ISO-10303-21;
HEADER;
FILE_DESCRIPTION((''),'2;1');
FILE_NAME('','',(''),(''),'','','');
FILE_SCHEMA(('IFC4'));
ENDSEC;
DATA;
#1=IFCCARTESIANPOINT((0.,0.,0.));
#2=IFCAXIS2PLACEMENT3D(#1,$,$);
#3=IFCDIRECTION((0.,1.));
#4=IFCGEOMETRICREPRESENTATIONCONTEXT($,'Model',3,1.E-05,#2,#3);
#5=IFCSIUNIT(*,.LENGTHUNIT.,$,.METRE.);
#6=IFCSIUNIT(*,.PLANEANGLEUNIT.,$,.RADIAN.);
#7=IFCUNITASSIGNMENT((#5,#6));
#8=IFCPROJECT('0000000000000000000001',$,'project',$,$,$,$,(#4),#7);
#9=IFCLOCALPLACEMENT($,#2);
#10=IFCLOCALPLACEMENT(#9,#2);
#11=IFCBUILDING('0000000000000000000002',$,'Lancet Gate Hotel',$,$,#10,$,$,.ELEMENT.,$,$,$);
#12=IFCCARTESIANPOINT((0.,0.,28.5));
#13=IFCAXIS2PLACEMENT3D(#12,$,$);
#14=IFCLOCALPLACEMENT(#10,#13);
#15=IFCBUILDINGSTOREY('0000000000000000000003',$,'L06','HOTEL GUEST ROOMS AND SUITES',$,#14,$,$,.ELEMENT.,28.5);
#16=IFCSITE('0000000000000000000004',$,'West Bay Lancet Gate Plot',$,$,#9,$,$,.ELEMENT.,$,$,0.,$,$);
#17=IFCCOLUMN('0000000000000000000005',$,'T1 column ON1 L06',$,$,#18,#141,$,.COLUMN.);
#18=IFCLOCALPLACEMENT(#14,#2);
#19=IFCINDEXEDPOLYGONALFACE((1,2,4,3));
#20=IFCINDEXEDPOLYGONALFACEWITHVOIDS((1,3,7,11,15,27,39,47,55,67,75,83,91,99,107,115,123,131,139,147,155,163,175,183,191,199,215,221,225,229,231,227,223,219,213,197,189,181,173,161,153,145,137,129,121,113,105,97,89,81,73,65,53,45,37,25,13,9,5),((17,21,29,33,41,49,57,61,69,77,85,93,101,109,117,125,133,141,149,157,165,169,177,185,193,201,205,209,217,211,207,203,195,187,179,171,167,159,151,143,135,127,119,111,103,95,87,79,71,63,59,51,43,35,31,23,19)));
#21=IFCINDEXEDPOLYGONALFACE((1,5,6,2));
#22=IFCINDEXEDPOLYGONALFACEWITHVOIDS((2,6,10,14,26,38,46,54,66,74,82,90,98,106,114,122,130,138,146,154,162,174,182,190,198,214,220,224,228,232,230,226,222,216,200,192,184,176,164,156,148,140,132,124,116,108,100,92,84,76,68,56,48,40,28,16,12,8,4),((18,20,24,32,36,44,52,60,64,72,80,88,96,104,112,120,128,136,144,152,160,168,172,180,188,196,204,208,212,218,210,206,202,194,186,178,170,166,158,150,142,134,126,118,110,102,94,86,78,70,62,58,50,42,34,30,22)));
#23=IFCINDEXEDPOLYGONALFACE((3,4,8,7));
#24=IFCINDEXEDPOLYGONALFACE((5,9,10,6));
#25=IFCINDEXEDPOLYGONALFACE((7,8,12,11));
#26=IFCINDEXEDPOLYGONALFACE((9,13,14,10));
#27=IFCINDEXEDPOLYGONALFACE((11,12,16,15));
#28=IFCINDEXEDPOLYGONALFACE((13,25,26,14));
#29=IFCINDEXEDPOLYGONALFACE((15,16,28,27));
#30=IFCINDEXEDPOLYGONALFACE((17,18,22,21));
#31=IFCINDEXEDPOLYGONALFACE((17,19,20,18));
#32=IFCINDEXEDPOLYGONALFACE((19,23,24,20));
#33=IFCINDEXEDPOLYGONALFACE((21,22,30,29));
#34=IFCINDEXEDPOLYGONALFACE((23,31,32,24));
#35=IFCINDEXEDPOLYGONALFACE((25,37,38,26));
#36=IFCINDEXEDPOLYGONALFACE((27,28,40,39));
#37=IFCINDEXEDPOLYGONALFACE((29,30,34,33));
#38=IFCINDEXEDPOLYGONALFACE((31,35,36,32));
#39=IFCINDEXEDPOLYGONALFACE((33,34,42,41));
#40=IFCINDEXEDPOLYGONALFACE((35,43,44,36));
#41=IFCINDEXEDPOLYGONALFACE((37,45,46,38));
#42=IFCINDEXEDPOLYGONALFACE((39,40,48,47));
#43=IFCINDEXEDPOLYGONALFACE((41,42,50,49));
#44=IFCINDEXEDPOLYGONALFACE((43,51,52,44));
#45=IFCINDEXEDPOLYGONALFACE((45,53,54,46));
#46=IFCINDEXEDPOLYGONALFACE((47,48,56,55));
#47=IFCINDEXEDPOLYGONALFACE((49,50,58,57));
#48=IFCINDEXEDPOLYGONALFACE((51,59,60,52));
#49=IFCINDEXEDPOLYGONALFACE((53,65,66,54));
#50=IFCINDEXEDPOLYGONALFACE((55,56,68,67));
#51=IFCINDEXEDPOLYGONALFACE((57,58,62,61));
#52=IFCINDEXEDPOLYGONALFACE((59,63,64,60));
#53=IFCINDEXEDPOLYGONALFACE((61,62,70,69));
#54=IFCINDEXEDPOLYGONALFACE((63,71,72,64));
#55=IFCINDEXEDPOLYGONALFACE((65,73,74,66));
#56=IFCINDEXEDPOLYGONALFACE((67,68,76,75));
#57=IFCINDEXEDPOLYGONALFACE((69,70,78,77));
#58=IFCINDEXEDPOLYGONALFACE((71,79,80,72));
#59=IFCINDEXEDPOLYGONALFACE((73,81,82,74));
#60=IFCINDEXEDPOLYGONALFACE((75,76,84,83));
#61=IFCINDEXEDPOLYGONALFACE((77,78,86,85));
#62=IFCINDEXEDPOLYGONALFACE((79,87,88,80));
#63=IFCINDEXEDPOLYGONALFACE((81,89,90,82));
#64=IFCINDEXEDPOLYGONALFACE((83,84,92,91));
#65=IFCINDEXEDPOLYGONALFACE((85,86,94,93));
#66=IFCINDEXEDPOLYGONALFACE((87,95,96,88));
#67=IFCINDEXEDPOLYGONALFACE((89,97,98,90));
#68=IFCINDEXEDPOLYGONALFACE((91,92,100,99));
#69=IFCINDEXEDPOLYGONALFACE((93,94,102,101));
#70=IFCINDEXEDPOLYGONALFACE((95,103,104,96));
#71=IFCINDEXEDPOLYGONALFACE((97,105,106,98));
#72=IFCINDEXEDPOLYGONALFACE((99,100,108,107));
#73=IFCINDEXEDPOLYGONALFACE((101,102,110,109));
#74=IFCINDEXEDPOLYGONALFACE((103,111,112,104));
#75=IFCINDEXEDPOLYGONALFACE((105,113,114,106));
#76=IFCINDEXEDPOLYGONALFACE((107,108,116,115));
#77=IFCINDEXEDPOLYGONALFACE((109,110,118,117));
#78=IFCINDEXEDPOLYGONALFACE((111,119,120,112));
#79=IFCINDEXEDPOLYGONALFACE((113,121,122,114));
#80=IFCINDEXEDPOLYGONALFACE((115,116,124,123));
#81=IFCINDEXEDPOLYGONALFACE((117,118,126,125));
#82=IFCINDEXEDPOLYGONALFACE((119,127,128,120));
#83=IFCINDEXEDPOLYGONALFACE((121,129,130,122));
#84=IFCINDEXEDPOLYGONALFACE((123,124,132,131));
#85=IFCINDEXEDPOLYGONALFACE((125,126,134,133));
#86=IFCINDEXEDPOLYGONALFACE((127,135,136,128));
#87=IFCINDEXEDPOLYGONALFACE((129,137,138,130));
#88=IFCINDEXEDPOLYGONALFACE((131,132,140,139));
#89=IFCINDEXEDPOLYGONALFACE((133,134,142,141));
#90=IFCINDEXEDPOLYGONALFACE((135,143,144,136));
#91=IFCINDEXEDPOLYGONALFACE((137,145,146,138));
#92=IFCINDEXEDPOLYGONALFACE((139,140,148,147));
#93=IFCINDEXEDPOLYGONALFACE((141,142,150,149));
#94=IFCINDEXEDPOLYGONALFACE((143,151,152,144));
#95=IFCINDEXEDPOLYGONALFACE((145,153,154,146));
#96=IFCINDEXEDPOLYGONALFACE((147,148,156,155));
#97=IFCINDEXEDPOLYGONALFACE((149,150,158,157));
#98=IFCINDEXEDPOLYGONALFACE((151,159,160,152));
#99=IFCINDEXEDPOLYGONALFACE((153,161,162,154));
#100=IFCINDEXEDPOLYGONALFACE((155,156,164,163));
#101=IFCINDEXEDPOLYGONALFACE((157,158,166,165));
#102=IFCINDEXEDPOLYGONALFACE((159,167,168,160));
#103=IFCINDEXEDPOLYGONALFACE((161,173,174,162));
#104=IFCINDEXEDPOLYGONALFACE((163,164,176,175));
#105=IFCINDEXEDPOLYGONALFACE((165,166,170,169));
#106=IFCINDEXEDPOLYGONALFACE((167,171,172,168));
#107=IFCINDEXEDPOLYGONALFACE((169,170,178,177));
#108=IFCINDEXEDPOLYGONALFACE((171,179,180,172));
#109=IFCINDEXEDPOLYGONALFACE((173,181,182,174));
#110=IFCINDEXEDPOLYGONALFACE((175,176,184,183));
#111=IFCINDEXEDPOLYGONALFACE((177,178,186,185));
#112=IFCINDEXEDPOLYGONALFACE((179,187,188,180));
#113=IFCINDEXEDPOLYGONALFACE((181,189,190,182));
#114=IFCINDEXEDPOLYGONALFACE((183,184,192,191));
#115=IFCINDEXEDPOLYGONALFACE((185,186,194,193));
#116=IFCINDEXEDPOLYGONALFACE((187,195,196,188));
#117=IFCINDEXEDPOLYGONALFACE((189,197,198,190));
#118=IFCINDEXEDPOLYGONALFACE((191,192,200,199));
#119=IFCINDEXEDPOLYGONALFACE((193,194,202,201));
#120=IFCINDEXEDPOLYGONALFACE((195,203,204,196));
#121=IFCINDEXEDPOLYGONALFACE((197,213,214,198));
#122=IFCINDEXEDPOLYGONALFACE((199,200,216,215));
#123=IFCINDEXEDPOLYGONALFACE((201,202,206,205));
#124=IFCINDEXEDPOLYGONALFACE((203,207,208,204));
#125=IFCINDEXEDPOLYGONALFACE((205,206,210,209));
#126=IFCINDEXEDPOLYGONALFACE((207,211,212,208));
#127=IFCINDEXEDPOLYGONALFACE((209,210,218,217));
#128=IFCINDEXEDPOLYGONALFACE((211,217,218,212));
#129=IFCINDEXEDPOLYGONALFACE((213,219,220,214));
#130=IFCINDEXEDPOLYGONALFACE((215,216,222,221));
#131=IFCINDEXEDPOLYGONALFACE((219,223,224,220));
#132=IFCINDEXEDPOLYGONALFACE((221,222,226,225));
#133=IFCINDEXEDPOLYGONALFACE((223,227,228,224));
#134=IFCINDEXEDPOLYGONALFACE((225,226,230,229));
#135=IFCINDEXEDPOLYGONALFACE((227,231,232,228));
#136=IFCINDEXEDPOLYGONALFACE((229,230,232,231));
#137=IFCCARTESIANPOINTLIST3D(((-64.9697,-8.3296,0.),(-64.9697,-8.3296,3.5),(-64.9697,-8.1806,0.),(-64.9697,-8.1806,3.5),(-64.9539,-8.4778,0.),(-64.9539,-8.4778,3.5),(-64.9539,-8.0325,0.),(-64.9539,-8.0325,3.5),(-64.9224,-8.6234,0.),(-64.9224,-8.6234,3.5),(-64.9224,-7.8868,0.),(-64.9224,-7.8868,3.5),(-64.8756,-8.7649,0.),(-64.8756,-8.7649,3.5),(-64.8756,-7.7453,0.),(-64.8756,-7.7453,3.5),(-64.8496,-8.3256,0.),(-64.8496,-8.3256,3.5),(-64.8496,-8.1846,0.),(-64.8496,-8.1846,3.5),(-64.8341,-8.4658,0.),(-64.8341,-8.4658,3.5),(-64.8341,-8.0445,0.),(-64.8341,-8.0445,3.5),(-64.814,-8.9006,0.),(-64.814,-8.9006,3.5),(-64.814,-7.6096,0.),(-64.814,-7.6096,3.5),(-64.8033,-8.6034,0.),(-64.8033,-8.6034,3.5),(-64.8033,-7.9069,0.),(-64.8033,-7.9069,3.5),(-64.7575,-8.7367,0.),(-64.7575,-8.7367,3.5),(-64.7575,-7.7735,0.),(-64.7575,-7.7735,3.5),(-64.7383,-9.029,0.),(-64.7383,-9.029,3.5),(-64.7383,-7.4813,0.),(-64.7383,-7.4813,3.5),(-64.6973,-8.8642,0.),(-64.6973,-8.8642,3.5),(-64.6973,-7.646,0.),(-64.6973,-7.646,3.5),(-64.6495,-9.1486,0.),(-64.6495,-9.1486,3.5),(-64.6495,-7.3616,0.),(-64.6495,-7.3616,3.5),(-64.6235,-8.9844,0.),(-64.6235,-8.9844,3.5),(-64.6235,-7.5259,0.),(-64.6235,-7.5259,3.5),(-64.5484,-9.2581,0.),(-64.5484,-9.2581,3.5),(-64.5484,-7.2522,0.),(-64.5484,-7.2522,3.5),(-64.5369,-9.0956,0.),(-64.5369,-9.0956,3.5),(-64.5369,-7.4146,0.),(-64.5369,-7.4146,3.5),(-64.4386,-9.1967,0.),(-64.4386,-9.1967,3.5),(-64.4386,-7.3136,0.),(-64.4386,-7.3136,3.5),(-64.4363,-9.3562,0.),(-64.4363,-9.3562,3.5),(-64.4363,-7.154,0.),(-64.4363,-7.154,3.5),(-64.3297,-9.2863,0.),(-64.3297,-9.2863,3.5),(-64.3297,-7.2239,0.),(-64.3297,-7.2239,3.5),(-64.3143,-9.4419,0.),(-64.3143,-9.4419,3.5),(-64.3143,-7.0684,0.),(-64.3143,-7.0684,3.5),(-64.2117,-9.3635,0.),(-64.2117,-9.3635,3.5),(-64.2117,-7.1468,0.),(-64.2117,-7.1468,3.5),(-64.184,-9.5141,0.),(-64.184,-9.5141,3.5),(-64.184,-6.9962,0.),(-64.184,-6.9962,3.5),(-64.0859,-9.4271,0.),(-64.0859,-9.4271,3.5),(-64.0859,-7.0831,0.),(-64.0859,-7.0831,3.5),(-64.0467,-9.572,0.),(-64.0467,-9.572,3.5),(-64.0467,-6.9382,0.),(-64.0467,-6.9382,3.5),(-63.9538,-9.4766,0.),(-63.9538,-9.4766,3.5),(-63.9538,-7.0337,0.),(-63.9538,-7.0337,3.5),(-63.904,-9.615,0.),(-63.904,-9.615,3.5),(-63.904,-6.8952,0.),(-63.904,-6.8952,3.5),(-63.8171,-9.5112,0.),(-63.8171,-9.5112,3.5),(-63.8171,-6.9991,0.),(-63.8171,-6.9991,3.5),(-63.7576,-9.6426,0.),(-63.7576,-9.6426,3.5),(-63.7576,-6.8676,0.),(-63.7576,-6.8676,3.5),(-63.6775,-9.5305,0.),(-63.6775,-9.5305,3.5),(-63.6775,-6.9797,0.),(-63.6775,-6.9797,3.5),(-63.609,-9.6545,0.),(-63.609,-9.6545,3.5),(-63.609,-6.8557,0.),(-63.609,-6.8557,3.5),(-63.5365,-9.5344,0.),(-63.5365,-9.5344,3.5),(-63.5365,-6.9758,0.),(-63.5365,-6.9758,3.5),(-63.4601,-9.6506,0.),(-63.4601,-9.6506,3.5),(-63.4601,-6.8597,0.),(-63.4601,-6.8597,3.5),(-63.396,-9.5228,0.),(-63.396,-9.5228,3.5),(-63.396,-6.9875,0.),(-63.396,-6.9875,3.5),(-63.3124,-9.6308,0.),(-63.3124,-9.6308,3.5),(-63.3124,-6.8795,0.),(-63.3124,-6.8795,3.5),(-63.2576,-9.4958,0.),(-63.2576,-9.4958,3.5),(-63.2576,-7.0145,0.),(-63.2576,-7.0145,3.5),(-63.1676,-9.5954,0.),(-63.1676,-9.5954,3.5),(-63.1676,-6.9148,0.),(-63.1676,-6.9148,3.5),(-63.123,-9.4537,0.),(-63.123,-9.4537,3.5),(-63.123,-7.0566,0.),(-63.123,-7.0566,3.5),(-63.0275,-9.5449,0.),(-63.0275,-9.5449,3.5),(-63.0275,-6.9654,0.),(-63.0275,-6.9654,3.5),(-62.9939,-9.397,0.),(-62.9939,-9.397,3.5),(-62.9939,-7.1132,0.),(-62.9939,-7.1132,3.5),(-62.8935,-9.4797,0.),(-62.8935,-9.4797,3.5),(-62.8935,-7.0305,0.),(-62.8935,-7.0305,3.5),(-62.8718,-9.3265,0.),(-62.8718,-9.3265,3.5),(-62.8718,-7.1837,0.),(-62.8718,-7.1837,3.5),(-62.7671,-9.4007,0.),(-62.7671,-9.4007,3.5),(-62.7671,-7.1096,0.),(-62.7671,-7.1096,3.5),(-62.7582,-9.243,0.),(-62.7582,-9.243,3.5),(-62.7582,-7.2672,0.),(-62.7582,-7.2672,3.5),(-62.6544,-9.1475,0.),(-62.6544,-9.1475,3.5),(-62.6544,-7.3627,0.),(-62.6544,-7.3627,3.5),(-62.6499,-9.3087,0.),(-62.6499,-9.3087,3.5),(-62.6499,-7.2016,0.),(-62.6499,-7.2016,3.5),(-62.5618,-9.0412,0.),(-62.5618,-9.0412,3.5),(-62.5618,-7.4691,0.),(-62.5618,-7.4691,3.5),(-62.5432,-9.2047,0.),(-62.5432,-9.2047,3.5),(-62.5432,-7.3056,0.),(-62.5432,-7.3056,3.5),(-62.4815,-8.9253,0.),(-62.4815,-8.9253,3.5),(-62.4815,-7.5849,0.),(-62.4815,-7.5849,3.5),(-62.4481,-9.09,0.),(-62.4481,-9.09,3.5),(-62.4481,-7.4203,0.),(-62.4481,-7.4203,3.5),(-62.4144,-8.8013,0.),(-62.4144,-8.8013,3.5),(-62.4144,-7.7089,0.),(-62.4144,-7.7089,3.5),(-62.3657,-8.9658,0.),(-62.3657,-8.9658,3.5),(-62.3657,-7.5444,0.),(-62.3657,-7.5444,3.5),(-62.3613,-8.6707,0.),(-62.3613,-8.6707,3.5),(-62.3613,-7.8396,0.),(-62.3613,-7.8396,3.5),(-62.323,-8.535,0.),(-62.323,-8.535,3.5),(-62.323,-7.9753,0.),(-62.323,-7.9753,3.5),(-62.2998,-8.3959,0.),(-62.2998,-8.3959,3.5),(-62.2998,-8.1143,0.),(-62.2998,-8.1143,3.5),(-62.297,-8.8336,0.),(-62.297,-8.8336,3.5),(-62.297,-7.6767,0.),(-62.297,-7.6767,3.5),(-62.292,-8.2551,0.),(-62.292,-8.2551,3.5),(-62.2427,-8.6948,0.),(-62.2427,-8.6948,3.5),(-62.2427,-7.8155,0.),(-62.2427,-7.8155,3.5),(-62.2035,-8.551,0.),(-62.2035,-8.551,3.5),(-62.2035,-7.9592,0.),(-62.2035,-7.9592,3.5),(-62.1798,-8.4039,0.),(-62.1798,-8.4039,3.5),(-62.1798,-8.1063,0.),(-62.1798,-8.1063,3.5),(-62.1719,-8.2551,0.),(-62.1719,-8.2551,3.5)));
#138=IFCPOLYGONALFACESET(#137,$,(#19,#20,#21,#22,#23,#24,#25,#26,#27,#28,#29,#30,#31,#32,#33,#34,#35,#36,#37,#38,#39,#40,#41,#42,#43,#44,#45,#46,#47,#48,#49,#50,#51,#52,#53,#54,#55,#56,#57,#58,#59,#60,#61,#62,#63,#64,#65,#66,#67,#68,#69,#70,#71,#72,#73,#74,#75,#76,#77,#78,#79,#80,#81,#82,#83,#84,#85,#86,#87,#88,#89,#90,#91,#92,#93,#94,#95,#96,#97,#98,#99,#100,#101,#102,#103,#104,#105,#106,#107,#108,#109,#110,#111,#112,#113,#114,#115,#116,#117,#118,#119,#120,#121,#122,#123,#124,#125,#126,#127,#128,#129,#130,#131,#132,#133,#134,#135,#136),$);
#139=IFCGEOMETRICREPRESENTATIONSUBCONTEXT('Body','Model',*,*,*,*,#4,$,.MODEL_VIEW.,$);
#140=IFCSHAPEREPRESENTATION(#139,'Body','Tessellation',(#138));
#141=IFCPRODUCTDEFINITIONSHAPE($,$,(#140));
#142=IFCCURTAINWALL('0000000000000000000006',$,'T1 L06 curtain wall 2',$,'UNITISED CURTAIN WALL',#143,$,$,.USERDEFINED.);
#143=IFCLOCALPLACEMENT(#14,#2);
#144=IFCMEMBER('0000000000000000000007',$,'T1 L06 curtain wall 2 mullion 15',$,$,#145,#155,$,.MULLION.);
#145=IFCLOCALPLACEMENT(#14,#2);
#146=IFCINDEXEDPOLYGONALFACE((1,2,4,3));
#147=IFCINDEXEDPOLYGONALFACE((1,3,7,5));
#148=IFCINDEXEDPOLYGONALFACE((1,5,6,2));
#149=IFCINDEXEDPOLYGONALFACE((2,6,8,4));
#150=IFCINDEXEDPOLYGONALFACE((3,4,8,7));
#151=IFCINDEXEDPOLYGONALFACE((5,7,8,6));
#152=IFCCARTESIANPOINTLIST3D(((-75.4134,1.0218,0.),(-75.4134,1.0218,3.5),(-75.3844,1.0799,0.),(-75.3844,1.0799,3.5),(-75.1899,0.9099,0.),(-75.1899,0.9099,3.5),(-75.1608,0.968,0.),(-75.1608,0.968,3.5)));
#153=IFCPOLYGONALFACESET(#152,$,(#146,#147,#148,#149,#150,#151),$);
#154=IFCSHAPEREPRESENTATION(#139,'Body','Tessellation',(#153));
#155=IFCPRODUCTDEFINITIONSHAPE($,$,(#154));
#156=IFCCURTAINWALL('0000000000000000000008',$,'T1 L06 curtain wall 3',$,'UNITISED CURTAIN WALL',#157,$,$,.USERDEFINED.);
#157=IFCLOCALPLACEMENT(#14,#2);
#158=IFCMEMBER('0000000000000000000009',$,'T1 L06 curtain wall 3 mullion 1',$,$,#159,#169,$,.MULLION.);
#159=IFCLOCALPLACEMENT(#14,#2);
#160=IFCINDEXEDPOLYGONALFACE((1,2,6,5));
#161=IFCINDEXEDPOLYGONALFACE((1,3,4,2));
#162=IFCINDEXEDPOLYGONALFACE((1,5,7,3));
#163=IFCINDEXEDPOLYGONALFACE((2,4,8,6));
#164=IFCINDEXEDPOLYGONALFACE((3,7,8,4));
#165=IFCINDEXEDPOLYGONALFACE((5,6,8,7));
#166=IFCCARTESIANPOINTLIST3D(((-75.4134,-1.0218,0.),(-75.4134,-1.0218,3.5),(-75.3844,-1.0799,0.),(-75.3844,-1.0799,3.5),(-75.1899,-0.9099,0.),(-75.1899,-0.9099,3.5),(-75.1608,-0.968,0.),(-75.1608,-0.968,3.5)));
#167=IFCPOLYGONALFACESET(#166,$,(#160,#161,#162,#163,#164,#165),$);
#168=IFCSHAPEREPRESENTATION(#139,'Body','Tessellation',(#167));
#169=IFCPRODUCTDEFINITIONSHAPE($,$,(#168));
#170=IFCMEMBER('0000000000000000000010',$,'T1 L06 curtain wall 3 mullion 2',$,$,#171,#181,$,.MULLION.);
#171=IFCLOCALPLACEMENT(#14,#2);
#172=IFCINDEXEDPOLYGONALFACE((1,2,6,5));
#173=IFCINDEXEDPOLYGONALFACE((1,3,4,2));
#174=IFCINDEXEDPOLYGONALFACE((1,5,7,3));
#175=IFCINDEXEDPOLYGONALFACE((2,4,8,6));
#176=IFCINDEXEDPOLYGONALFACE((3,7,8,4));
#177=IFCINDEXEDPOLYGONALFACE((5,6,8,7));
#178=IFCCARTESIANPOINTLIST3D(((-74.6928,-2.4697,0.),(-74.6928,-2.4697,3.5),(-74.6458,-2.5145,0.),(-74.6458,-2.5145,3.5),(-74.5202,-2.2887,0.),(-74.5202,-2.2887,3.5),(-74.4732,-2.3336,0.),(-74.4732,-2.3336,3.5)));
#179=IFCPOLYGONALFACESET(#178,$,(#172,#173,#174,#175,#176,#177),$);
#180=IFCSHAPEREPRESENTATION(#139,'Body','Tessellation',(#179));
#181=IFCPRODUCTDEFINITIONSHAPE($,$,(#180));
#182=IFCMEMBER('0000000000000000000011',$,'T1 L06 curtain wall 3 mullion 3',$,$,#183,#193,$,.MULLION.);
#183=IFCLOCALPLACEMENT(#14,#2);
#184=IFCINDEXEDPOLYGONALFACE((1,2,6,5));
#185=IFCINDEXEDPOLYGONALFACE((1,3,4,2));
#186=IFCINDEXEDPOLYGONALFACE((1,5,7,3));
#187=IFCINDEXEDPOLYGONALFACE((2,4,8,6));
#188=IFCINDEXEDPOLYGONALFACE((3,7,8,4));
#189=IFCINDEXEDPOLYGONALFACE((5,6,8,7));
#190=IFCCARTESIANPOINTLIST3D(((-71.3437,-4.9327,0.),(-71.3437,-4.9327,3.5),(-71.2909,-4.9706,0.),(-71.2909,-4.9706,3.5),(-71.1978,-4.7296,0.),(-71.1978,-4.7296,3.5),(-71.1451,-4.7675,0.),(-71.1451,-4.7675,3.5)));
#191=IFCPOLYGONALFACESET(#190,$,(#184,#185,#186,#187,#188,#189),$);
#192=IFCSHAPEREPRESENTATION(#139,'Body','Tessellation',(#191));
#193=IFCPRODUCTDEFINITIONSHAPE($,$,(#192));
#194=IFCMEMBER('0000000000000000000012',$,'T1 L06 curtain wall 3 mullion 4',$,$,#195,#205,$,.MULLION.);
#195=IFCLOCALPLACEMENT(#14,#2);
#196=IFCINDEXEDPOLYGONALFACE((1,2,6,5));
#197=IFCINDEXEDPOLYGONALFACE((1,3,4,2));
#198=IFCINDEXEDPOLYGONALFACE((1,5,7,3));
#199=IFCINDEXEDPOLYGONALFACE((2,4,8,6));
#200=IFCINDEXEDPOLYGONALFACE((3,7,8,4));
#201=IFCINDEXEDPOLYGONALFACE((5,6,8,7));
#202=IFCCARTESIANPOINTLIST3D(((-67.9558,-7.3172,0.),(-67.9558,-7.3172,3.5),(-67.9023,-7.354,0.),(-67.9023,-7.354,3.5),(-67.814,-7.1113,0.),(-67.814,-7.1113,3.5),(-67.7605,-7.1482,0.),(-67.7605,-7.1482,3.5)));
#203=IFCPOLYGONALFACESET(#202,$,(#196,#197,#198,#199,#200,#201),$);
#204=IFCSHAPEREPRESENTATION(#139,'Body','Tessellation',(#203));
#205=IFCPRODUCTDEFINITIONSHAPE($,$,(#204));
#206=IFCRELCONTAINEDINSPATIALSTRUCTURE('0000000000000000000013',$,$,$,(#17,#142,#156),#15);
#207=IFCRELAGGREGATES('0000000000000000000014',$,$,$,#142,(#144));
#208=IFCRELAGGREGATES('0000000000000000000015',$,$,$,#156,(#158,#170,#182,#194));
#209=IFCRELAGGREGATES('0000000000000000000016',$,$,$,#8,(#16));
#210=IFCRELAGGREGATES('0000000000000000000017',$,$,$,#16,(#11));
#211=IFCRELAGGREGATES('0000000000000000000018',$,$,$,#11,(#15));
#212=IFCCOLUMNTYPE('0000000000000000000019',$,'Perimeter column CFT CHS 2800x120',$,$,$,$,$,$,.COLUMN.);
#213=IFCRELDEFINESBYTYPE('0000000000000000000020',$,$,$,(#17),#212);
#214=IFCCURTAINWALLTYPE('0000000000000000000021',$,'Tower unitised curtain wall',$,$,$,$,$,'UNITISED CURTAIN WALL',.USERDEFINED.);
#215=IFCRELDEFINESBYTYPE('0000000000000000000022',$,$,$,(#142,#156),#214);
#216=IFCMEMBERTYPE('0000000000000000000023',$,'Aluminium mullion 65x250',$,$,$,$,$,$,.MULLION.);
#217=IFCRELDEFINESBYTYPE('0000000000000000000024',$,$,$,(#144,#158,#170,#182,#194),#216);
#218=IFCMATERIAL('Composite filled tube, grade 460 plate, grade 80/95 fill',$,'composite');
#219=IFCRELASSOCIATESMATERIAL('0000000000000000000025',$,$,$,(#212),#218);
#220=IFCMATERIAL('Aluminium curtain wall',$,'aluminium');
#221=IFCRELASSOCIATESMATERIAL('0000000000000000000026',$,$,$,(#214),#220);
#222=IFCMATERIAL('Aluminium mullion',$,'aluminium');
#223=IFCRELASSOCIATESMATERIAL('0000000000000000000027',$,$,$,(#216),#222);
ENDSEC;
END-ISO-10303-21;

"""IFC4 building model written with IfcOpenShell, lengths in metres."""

from ifc_helpers import new_model, si_unit, direction, frame, origin, origin_2d, place, context, subcontext, project, spatial, rectangle, hollow_circle, extrude, material, material_profile, profile_set, type_object, element, aggregate, save


model = new_model("IFC4")

# Units and contexts
model_context = context("Model", 3, precision=1e-05, world=origin(), true_north=direction((0.0, 1.0)))
body_context = subcontext(model_context, "Body", "Model", "MODEL_VIEW")
ifc_project = project(units=[si_unit("LENGTHUNIT", "METRE"), si_unit("PLANEANGLEUNIT", "RADIAN")], contexts=[model_context])

# Site, building, storey
site_placement = place(None, origin())
site = spatial("IfcSite", under=ifc_project, at=site_placement, Name="West Bay Lancet Gate Plot", CompositionType="ELEMENT", RefElevation=0.0)
building_placement = place(site_placement, origin())
building = spatial("IfcBuilding", under=site, at=building_placement, Name="Lancet Gate Hotel", CompositionType="ELEMENT")
storey_placement = place(building_placement, frame((0.0, 0.0, 28.5)))
storey = spatial("IfcBuildingStorey", under=building, at=storey_placement, Name="L06", Description="HOTEL GUEST ROOMS AND SUITES", CompositionType="ELEMENT", Elevation=28.5)

# Column
ifc_material_1 = material(Name="Composite filled tube, grade 460 plate, grade 80/95 fill", Category="composite")
ifc_material_profile_1 = material_profile(ifc_material_1, hollow_circle(Radius=1.3999, WallThickness=0.1201, at=origin_2d()), Name="CHS 2800x120")
ifc_profile_set_1 = profile_set([ifc_material_profile_1], Name="Composite filled tube, grade 460 plate, grade 80/95 fill")
column_type_1 = type_object("IfcColumnType", Name="Perimeter column CFT CHS 2800x120", PredefinedType="COLUMN", material=ifc_profile_set_1)
column_1_placement = place(storey_placement, frame((-63.5718, -8.2551, 0.0), z_axis=(0.0, 0.0, 1.0), x_axis=(1.0, 0.0, 0.0)))
element("IfcColumn", 1, at=column_1_placement, inside=storey, type_object=column_type_1, Name="T1 column ON1 L06", PredefinedType="COLUMN", context=body_context, shape_type="SweptSolid", body=[
    extrude(hollow_circle(Radius=1.3999, WallThickness=0.1201, at=origin_2d()), origin(), (0.0, 0.0, 1.0), 3.5),
])

# Curtain wall, member
ifc_material_2 = material(Name="Aluminium curtain wall", Category="aluminium")
curtain_wall_type = type_object("IfcCurtainWallType", Name="Tower unitised curtain wall", ElementType="UNITISED CURTAIN WALL", PredefinedType="USERDEFINED", material=ifc_material_2)
curtain_wall_1_placement = place(storey_placement, origin())
curtain_wall_1 = element("IfcCurtainWall", 2, at=curtain_wall_1_placement, inside=storey, type_object=curtain_wall_type, Name="T1 L06 curtain wall 2", ObjectType="UNITISED CURTAIN WALL", PredefinedType="USERDEFINED")
ifc_material_3 = material(Name="Aluminium mullion", Category="aluminium")
ifc_material_profile_2 = material_profile(ifc_material_3, rectangle(XDim=0.0649, YDim=0.25, at=origin_2d()), Name="MULLION 65x250")
ifc_profile_set_2 = profile_set([ifc_material_profile_2], Name="Aluminium mullion")
member_type_1 = type_object("IfcMemberType", Name="Aluminium mullion 65x250", PredefinedType="MULLION", material=ifc_profile_set_2)
member_1_placement = place(storey_placement, frame((-75.2871, 0.9949, 0.0), z_axis=(0.0, 0.0, 1.0), x_axis=(-0.447628, -0.89422, 0.0)))
member_1 = element("IfcMember", 3, at=member_1_placement, type_object=member_type_1, Name="T1 L06 curtain wall 2 mullion 15", PredefinedType="MULLION", context=body_context, shape_type="SweptSolid", body=[
    extrude(rectangle(XDim=0.0649, YDim=0.25, at=origin_2d()), origin(), (0.0, 0.0, 1.0), 3.5),
])
aggregate(curtain_wall_1, [member_1])

# Curtain wall, members
curtain_wall_2_placement = place(storey_placement, origin())
curtain_wall_2 = element("IfcCurtainWall", 4, at=curtain_wall_2_placement, inside=storey, type_object=curtain_wall_type, Name="T1 L06 curtain wall 3", ObjectType="UNITISED CURTAIN WALL", PredefinedType="USERDEFINED")
member_2_placement = place(storey_placement, frame((-75.2871, -0.9949, 0.0), z_axis=(0.0, 0.0, 1.0), x_axis=(0.447628, -0.89422, 0.0)))
member_2 = element("IfcMember", 5, at=member_2_placement, type_object=member_type_1, Name="T1 L06 curtain wall 3 mullion 1", PredefinedType="MULLION", context=body_context, shape_type="SweptSolid", body=[
    extrude(rectangle(XDim=0.0649, YDim=0.25, at=origin_2d()), origin(), (0.0, 0.0, 1.0), 3.5),
])
member_3_placement = place(storey_placement, frame((-74.583, -2.4016, 0.0), z_axis=(0.0, 0.0, 1.0), x_axis=(0.723696, -0.690119, 0.0)))
member_3 = element("IfcMember", 6, at=member_3_placement, type_object=member_type_1, Name="T1 L06 curtain wall 3 mullion 2", PredefinedType="MULLION", context=body_context, shape_type="SweptSolid", body=[
    extrude(rectangle(XDim=0.0649, YDim=0.25, at=origin_2d()), origin(), (0.0, 0.0, 1.0), 3.5),
])
member_4_placement = place(storey_placement, frame((-71.2444, -4.8501, 0.0), z_axis=(0.0, 0.0, 1.0), x_axis=(0.812147, -0.583453, 0.0)))
member_4 = element("IfcMember", 7, at=member_4_placement, type_object=member_type_1, Name="T1 L06 curtain wall 3 mullion 3", PredefinedType="MULLION", context=body_context, shape_type="SweptSolid", body=[
    extrude(rectangle(XDim=0.0649, YDim=0.25, at=origin_2d()), origin(), (0.0, 0.0, 1.0), 3.5),
])
member_5_placement = place(storey_placement, frame((-67.8582, -7.2327, 0.0), z_axis=(0.0, 0.0, 1.0), x_axis=(0.823425, -0.567425, 0.0)))
member_5 = element("IfcMember", 8, at=member_5_placement, type_object=member_type_1, Name="T1 L06 curtain wall 3 mullion 4", PredefinedType="MULLION", context=body_context, shape_type="SweptSolid", body=[
    extrude(rectangle(XDim=0.0649, YDim=0.25, at=origin_2d()), origin(), (0.0, 0.0, 1.0), 3.5),
])

aggregate(curtain_wall_2, [member_2, member_3, member_4, member_5])

save(model, "model.ifc")
